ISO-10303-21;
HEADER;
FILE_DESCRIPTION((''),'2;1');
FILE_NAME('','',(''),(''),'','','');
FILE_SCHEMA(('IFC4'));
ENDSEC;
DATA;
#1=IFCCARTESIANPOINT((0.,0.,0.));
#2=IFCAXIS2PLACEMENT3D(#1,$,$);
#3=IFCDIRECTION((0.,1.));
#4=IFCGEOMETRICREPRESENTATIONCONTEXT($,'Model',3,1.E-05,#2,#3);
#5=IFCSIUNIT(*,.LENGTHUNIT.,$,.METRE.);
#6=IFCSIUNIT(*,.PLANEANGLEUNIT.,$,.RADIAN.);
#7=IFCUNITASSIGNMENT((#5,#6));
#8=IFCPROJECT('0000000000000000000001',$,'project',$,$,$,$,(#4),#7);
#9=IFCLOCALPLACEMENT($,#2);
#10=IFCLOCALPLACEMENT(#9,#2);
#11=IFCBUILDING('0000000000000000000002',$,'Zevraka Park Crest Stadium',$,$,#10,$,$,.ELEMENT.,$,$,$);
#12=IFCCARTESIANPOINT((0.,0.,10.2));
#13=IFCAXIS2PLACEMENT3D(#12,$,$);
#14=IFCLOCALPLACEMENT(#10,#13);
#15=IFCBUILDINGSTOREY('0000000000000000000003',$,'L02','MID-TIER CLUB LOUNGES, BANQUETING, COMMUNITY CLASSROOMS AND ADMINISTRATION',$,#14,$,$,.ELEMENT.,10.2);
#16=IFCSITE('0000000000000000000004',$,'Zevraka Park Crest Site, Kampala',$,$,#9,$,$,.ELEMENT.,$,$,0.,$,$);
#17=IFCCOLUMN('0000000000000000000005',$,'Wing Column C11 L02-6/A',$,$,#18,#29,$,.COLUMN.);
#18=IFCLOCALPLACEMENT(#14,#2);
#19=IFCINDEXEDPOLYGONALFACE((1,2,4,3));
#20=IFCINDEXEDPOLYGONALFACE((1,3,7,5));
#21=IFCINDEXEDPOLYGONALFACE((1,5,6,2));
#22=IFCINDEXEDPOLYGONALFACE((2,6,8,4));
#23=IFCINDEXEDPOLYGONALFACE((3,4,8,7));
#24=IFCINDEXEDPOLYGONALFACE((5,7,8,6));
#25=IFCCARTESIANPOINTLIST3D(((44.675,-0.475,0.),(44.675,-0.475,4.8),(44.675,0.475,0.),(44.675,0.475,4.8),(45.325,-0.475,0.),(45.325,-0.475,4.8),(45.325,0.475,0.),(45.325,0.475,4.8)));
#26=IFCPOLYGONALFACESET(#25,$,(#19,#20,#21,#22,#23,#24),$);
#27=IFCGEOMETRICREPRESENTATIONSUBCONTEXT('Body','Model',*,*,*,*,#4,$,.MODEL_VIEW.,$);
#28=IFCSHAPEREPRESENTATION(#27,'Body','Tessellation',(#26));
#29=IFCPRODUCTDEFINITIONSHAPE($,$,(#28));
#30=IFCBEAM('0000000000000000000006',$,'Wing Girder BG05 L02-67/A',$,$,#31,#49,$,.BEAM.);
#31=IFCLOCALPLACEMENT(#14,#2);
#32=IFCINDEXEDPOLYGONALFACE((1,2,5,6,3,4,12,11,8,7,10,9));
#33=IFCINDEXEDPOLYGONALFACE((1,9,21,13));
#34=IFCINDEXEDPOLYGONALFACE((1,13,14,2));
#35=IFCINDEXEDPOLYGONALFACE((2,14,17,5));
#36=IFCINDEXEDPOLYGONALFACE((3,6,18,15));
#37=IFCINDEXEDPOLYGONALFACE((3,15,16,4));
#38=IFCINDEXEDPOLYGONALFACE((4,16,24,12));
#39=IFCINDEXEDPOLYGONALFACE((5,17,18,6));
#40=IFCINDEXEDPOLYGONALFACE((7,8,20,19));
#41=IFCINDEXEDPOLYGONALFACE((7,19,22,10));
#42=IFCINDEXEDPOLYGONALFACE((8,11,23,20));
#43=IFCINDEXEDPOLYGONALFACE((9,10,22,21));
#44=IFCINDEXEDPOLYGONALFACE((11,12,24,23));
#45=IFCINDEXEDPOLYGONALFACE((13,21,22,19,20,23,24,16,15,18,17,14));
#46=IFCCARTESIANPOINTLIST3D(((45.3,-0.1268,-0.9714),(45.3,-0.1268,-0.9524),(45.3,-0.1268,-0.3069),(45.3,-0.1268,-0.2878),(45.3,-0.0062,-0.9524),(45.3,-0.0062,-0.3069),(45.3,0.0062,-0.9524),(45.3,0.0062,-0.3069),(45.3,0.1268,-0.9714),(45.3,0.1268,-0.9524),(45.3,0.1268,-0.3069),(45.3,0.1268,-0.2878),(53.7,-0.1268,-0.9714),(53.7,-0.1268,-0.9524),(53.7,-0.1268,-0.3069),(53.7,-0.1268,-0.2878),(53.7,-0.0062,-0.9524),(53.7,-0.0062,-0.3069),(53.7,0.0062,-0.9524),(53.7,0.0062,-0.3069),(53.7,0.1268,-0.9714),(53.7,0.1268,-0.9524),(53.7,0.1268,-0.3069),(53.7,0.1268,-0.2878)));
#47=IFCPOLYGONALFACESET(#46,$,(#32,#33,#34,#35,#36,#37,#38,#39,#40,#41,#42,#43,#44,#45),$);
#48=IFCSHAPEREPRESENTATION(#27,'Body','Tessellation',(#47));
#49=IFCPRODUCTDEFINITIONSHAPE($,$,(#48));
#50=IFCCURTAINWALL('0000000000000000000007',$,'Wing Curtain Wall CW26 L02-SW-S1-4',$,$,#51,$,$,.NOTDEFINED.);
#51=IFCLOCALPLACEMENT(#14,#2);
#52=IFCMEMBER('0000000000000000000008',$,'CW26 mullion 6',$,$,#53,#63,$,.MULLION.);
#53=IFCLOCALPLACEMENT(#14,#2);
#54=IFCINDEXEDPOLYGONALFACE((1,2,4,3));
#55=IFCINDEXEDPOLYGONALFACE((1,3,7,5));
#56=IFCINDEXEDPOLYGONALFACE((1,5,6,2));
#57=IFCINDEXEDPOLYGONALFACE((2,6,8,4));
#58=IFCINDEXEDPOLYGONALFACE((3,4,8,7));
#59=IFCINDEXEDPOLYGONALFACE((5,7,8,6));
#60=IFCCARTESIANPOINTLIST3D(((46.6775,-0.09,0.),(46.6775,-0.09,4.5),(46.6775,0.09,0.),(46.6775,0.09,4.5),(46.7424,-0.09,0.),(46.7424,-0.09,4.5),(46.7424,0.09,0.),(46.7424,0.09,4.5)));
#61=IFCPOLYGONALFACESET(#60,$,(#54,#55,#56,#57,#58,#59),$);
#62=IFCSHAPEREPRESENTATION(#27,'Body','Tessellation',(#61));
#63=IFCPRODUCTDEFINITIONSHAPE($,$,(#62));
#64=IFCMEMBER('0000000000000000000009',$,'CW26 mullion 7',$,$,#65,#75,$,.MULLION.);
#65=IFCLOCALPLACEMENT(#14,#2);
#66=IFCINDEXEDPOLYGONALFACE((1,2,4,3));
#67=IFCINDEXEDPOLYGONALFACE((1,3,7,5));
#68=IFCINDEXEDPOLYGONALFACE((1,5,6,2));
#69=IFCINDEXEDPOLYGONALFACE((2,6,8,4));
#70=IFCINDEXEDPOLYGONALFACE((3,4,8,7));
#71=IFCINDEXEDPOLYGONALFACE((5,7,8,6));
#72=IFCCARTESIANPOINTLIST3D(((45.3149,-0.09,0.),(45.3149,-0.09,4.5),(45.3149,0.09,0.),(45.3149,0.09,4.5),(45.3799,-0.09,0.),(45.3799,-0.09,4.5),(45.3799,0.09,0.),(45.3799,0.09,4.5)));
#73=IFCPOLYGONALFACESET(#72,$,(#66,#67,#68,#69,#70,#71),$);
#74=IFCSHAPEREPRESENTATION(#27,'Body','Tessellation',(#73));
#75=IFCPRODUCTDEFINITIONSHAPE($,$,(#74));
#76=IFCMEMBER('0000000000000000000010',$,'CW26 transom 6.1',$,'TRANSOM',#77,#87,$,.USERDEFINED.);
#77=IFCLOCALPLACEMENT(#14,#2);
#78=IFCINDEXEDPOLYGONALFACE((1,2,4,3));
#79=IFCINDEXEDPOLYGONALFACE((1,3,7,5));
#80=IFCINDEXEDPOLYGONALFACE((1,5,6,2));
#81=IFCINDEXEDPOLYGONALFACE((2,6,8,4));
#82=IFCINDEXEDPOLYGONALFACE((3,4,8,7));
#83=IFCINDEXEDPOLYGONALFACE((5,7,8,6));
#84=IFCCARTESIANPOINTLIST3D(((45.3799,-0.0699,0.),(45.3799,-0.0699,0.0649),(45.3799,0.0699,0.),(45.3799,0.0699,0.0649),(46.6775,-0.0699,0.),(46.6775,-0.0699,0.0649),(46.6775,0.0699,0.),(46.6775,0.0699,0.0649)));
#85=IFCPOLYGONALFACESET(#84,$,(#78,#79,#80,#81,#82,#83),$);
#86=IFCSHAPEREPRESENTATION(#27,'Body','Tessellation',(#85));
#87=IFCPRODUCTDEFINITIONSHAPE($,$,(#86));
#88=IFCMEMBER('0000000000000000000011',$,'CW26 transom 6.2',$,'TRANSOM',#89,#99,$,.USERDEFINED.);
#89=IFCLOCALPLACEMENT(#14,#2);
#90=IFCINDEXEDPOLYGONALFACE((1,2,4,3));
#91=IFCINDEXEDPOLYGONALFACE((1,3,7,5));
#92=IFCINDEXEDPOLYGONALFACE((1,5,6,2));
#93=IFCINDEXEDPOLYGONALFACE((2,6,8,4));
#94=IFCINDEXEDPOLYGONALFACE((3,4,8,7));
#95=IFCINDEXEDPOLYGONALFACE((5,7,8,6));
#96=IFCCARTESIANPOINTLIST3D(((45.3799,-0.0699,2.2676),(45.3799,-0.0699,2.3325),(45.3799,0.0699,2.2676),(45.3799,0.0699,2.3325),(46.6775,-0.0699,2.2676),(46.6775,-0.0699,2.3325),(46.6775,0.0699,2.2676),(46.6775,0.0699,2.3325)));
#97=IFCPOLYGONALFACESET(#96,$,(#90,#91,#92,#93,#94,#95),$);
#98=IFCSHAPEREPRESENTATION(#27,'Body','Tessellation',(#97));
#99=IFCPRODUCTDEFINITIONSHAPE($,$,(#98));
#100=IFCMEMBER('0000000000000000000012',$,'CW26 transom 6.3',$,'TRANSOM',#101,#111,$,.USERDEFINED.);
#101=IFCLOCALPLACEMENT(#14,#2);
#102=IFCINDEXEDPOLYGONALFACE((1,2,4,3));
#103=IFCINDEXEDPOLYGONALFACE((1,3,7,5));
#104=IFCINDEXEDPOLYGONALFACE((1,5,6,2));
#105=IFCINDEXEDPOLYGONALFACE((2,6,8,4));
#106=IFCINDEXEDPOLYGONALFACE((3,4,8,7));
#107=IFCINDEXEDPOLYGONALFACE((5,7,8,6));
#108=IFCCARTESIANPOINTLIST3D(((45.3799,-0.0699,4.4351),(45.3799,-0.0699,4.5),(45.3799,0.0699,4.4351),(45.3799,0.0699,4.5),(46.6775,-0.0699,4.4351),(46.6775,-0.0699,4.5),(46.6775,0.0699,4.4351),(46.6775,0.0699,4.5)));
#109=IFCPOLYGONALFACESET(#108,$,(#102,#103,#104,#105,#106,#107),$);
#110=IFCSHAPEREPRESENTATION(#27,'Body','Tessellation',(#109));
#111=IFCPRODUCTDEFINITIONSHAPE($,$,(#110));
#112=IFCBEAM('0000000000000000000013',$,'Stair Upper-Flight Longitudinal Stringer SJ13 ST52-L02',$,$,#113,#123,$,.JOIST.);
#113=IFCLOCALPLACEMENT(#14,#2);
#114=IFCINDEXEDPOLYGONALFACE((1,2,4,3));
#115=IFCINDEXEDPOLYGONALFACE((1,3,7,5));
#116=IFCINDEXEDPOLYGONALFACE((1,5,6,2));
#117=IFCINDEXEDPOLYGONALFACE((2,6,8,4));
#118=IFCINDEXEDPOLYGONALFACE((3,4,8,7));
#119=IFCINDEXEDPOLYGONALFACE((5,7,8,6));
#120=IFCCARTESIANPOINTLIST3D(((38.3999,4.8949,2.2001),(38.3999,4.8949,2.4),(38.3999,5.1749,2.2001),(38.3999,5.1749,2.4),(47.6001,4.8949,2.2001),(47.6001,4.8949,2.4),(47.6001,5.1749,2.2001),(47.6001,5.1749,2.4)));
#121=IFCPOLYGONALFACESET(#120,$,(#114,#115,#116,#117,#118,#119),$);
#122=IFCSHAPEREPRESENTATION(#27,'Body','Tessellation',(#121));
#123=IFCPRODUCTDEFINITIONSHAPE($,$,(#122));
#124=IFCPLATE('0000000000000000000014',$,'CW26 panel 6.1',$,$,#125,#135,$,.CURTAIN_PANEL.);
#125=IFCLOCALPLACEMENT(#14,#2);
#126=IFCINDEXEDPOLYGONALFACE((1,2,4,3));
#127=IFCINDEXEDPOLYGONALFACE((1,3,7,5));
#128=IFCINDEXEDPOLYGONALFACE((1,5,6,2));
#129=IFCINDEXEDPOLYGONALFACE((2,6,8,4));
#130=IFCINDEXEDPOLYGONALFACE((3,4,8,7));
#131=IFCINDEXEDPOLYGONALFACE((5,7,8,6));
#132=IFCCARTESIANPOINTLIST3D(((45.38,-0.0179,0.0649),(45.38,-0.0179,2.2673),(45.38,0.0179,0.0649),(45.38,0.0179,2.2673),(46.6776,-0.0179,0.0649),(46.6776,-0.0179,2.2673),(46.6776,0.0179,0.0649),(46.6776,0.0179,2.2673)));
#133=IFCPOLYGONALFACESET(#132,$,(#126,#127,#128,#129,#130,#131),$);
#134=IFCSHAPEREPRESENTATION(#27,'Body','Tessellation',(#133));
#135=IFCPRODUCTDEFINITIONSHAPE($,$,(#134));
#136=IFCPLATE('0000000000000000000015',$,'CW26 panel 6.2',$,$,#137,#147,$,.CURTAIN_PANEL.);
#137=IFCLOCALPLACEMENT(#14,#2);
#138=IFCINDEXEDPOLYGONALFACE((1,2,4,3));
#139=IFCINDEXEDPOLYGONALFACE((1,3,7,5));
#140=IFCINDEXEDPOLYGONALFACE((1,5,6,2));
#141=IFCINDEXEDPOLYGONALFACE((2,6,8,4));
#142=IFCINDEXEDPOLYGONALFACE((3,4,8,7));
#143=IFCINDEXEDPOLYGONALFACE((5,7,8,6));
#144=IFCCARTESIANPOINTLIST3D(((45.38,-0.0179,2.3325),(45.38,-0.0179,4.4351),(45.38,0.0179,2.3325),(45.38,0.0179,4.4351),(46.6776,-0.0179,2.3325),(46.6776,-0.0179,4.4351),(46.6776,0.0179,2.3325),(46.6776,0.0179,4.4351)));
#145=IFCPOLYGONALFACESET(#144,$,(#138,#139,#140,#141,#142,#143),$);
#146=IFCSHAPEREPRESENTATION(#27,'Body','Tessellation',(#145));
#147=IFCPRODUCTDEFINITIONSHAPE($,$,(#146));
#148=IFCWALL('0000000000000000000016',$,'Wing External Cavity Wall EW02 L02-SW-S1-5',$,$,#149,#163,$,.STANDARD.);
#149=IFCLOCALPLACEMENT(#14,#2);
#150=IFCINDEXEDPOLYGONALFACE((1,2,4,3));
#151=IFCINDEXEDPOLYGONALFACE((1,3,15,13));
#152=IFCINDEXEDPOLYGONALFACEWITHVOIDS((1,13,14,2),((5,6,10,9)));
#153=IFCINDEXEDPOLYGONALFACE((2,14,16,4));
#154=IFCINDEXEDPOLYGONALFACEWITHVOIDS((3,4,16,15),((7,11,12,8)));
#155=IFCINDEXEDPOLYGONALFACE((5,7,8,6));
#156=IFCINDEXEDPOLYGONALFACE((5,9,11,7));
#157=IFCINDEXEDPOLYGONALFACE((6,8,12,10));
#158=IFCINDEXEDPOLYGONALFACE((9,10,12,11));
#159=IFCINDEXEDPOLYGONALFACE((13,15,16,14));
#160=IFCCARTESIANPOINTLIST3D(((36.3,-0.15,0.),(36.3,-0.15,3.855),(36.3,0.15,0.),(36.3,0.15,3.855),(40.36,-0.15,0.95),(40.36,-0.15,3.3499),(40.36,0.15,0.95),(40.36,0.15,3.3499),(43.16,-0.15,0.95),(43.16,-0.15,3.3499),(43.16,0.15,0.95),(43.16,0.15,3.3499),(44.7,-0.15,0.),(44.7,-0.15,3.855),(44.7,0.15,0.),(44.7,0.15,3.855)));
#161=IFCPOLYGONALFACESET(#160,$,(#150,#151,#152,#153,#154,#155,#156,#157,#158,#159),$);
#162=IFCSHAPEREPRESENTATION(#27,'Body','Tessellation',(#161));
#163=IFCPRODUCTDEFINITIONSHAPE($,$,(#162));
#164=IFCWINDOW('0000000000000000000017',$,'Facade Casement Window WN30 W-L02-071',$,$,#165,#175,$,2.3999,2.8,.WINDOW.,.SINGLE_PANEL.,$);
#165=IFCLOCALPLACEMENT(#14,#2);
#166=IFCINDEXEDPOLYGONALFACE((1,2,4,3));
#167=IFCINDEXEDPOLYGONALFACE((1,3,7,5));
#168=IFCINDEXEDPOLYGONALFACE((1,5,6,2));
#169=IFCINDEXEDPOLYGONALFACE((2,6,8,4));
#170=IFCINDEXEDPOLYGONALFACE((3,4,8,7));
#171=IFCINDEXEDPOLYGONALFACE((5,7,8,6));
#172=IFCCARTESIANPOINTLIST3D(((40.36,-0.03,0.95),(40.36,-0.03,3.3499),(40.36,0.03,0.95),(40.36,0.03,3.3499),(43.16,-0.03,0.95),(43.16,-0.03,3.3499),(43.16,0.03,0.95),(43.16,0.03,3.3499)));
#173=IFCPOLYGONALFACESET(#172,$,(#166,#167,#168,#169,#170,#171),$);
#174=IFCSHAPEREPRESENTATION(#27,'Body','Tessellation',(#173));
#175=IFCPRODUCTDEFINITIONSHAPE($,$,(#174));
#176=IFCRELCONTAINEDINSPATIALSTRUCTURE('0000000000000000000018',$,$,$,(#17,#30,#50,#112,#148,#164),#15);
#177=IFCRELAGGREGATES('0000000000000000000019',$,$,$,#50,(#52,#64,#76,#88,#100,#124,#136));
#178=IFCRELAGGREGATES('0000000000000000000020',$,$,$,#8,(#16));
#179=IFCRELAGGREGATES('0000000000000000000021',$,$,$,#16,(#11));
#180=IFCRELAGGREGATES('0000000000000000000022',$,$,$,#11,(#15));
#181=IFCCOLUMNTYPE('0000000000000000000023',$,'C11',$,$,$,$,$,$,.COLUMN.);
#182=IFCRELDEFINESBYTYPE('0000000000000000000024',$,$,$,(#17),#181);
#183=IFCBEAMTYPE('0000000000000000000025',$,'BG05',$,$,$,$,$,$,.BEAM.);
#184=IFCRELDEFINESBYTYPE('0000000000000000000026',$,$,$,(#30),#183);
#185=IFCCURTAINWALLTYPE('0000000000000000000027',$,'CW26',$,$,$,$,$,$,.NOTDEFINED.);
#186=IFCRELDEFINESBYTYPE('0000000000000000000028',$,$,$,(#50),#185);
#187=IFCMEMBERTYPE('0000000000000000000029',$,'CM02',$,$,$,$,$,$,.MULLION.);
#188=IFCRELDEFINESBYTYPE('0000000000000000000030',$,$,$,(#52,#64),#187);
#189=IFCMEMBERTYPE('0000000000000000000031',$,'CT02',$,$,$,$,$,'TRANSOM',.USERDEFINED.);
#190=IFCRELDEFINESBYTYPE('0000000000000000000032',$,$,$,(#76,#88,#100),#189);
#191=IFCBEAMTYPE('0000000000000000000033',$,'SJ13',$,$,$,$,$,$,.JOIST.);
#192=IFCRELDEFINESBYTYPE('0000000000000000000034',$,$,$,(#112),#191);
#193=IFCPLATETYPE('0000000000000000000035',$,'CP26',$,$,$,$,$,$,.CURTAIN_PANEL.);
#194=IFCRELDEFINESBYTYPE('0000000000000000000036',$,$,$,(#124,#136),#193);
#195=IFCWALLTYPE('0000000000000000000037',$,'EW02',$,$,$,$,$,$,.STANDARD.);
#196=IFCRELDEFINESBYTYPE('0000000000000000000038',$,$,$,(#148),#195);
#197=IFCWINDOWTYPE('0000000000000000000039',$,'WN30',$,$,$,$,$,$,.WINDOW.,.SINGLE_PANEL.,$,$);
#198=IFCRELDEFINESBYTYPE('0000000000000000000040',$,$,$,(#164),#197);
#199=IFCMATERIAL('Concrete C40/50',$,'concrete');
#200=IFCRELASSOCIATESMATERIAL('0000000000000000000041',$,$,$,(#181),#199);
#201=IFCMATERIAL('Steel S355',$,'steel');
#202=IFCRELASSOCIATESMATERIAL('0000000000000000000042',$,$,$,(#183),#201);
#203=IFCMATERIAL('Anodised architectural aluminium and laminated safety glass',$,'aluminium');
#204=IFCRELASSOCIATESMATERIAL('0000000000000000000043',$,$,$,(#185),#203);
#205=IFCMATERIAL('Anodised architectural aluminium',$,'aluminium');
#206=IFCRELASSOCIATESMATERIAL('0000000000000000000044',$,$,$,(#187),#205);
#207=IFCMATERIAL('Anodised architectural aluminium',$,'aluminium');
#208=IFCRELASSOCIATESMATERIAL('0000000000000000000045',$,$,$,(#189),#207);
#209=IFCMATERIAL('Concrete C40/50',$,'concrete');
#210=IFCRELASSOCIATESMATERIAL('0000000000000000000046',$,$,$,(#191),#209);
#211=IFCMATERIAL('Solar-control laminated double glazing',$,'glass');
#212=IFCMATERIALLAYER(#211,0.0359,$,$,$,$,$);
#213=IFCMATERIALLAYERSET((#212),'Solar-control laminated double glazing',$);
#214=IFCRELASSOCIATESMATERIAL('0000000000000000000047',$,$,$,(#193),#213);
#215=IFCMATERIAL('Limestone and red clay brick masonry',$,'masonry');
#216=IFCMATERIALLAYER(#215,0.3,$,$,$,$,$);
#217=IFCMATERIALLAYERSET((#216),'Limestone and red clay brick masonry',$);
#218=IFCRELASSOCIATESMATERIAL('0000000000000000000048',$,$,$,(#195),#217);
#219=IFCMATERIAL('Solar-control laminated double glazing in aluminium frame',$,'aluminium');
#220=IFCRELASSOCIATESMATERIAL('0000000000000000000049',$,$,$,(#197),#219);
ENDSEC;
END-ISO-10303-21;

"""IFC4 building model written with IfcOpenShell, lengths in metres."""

from ifc_helpers import new_model, si_unit, direction, frame, frame_2d, origin, origin_2d, place, context, subcontext, project, spatial, rectangle, i_section, extrude, material, layer, layer_set, material_profile, profile_set, type_object, element, fill, aggregate, save


model = new_model("IFC4")

# Units and contexts
model_context = context("Model", 3, precision=1e-05, world=origin(), true_north=direction((0.0, 1.0)))
body_context = subcontext(model_context, "Body", "Model", "MODEL_VIEW")
ifc_project = project(units=[si_unit("LENGTHUNIT", "METRE"), si_unit("PLANEANGLEUNIT", "RADIAN")], contexts=[model_context])

# Site, building, storey
site_placement = place(None, origin())
site = spatial("IfcSite", under=ifc_project, at=site_placement, Name="Zevraka Park Crest Site, Kampala", CompositionType="ELEMENT", RefElevation=0.0)
building_placement = place(site_placement, origin())
building = spatial("IfcBuilding", under=site, at=building_placement, Name="Zevraka Park Crest Stadium", CompositionType="ELEMENT")
storey_placement = place(building_placement, frame((0.0, 0.0, 10.2)))
storey = spatial("IfcBuildingStorey", under=building, at=storey_placement, Name="L02", Description="MID-TIER CLUB LOUNGES, BANQUETING, COMMUNITY CLASSROOMS AND ADMINISTRATION", CompositionType="ELEMENT", Elevation=10.2)

# Column
ifc_material_1 = material(Name="Concrete C40/50", Category="concrete")
ifc_material_profile_1 = material_profile(ifc_material_1, rectangle(XDim=0.6499, YDim=0.95, at=origin_2d()), Name="RC 950x650")
ifc_profile_set_1 = profile_set([ifc_material_profile_1], Name="Concrete C40/50")
column_type = type_object("IfcColumnType", Name="C11", PredefinedType="COLUMN", material=ifc_profile_set_1)
column_placement = place(storey_placement, frame((45.0, 0.0, 0.0), z_axis=(0.0, 0.0, 1.0), x_axis=(1.0, 0.0, 0.0)))
element("IfcColumn", 1, at=column_placement, inside=storey, type_object=column_type, Name="Wing Column C11 L02-6/A", PredefinedType="COLUMN", context=body_context, shape_type="SweptSolid", body=[
    extrude(rectangle(XDim=0.6499, YDim=0.95, at=origin_2d()), origin(), (0.0, 0.0, 1.0), 4.8),
])

# Beam
ifc_material_2 = material(Name="Steel S355", Category="steel")
ifc_material_profile_2 = material_profile(ifc_material_2, i_section(OverallWidth=0.2537, OverallDepth=0.6836, WebThickness=0.0125, FlangeThickness=0.019, at=origin_2d()), Name="UKB 686x254x140")
ifc_profile_set_2 = profile_set([ifc_material_profile_2], Name="Steel S355")
beam_type_1 = type_object("IfcBeamType", Name="BG05", PredefinedType="BEAM", material=ifc_profile_set_2)
beam_1_placement = place(storey_placement, frame((45.3, 0.0, -0.6296), z_axis=(1.0, 0.0, 0.0), x_axis=(0.0, 1.0, 0.0)))
element("IfcBeam", 2, at=beam_1_placement, inside=storey, type_object=beam_type_1, Name="Wing Girder BG05 L02-67/A", PredefinedType="BEAM", context=body_context, shape_type="SweptSolid", body=[
    extrude(i_section(OverallWidth=0.2537, OverallDepth=0.6836, WebThickness=0.0125, FlangeThickness=0.019, at=origin_2d()), origin(), (0.0, 0.0, 1.0), 8.3999),
])

# Curtain wall, members
ifc_material_3 = material(Name="Anodised architectural aluminium and laminated safety glass", Category="aluminium")
curtain_wall_type = type_object("IfcCurtainWallType", Name="CW26", PredefinedType="NOTDEFINED", material=ifc_material_3)
curtain_wall_placement = place(storey_placement, origin())
curtain_wall = element("IfcCurtainWall", 3, at=curtain_wall_placement, inside=storey, type_object=curtain_wall_type, Name="Wing Curtain Wall CW26 L02-SW-S1-4", PredefinedType="NOTDEFINED")
ifc_material_4 = material(Name="Anodised architectural aluminium", Category="aluminium")
ifc_material_profile_3 = material_profile(ifc_material_4, rectangle(XDim=0.1799, YDim=0.0649, at=origin_2d()), Name="ALU MULLION 180x65")
ifc_profile_set_3 = profile_set([ifc_material_profile_3], Name="Anodised architectural aluminium")
member_type_1 = type_object("IfcMemberType", Name="CM02", PredefinedType="MULLION", material=ifc_profile_set_3)
member_1_placement = place(storey_placement, frame((46.71, 0.0, 0.0), z_axis=(0.0, 0.0, 1.0), x_axis=(0.0, -1.0, 0.0)))
member_1 = element("IfcMember", 4, at=member_1_placement, type_object=member_type_1, Name="CW26 mullion 6", PredefinedType="MULLION", context=body_context, shape_type="SweptSolid", body=[
    extrude(rectangle(XDim=0.1799, YDim=0.0649, at=origin_2d()), origin(), (0.0, 0.0, 1.0), 4.5),
])
member_2_placement = place(storey_placement, frame((45.3474, 0.0, 0.0), z_axis=(0.0, 0.0, 1.0), x_axis=(0.0, -1.0, 0.0)))
member_2 = element("IfcMember", 5, at=member_2_placement, type_object=member_type_1, Name="CW26 mullion 7", PredefinedType="MULLION", context=body_context, shape_type="SweptSolid", body=[
    extrude(rectangle(XDim=0.1799, YDim=0.0649, at=origin_2d()), origin(), (0.0, 0.0, 1.0), 4.5),
])
ifc_material_5 = material(Name="Anodised architectural aluminium", Category="aluminium")
ifc_material_profile_4 = material_profile(ifc_material_5, rectangle(XDim=0.1399, YDim=0.0649, at=origin_2d()), Name="ALU TRANSOM 140x65")
ifc_profile_set_4 = profile_set([ifc_material_profile_4], Name="Anodised architectural aluminium")
member_type_2 = type_object("IfcMemberType", Name="CT02", ElementType="TRANSOM", PredefinedType="USERDEFINED", material=ifc_profile_set_4)
member_3_placement = place(storey_placement, frame((46.6775, 0.0, 0.0325), z_axis=(-1.0, 0.0, 0.0), x_axis=(0.0, -1.0, 0.0)))
member_3 = element("IfcMember", 6, at=member_3_placement, type_object=member_type_2, Name="CW26 transom 6.1", ObjectType="TRANSOM", PredefinedType="USERDEFINED", context=body_context, shape_type="SweptSolid", body=[
    extrude(rectangle(XDim=0.1399, YDim=0.0649, at=origin_2d()), origin(), (0.0, 0.0, 1.0), 1.2976),
])
member_4_placement = place(storey_placement, frame((46.6775, 0.0, 2.3), z_axis=(-1.0, 0.0, 0.0), x_axis=(0.0, -1.0, 0.0)))
member_4 = element("IfcMember", 7, at=member_4_placement, type_object=member_type_2, Name="CW26 transom 6.2", ObjectType="TRANSOM", PredefinedType="USERDEFINED", context=body_context, shape_type="SweptSolid", body=[
    extrude(rectangle(XDim=0.1399, YDim=0.0649, at=origin_2d()), origin(), (0.0, 0.0, 1.0), 1.2976),
])
member_5_placement = place(storey_placement, frame((46.6775, 0.0, 4.4675), z_axis=(-1.0, 0.0, 0.0), x_axis=(0.0, -1.0, 0.0)))
member_5 = element("IfcMember", 8, at=member_5_placement, type_object=member_type_2, Name="CW26 transom 6.3", ObjectType="TRANSOM", PredefinedType="USERDEFINED", context=body_context, shape_type="SweptSolid", body=[
    extrude(rectangle(XDim=0.1399, YDim=0.0649, at=origin_2d()), origin(), (0.0, 0.0, 1.0), 1.2976),
])

# Beam
ifc_material_6 = material(Name="Concrete C40/50", Category="concrete")
ifc_material_profile_5 = material_profile(ifc_material_6, rectangle(XDim=0.28, YDim=0.2, at=origin_2d()), Name="RC 200x280")
ifc_profile_set_5 = profile_set([ifc_material_profile_5], Name="Concrete C40/50")
beam_type_2 = type_object("IfcBeamType", Name="SJ13", PredefinedType="JOIST", material=ifc_profile_set_5)
beam_2_placement = place(storey_placement, frame((38.3999, 5.0349, 2.3), z_axis=(1.0, 0.0, 0.0), x_axis=(0.0, 1.0, 0.0)))
element("IfcBeam", 9, at=beam_2_placement, inside=storey, type_object=beam_type_2, Name="Stair Upper-Flight Longitudinal Stringer SJ13 ST52-L02", PredefinedType="JOIST", context=body_context, shape_type="SweptSolid", body=[
    extrude(rectangle(XDim=0.28, YDim=0.2, at=origin_2d()), origin(), (0.0, 0.0, 1.0), 9.2002),
])

# Plates
ifc_material_7 = material(Name="Solar-control laminated double glazing", Category="glass")
ifc_layer_1 = layer(ifc_material_7, 0.0359)
ifc_layer_set_1 = layer_set([ifc_layer_1], Name="Solar-control laminated double glazing")
plate_type = type_object("IfcPlateType", Name="CP26", PredefinedType="CURTAIN_PANEL", material=ifc_layer_set_1)
plate_1_placement = place(storey_placement, frame((46.0288, 0.0, 0.0649), z_axis=(0.0, 0.0, 1.0), x_axis=(-1.0, 0.0, 0.0)))
plate_1 = element("IfcPlate", 10, at=plate_1_placement, type_object=plate_type, Name="CW26 panel 6.1", PredefinedType="CURTAIN_PANEL", context=body_context, shape_type="SweptSolid", body=[
    extrude(rectangle(XDim=1.2976, YDim=0.0359, at=origin_2d()), origin(), (0.0, 0.0, 1.0), 2.2024),
])
plate_2_placement = place(storey_placement, frame((46.0288, 0.0, 2.3325), z_axis=(0.0, 0.0, 1.0), x_axis=(-1.0, 0.0, 0.0)))
plate_2 = element("IfcPlate", 11, at=plate_2_placement, type_object=plate_type, Name="CW26 panel 6.2", PredefinedType="CURTAIN_PANEL", context=body_context, shape_type="SweptSolid", body=[
    extrude(rectangle(XDim=1.2976, YDim=0.0359, at=origin_2d()), origin(), (0.0, 0.0, 1.0), 2.1025),
])
aggregate(curtain_wall, [member_1, member_2, member_3, member_4, member_5, plate_1, plate_2])

# Wall, opening, window
ifc_material_8 = material(Name="Limestone and red clay brick masonry", Category="masonry")
ifc_layer_2 = layer(ifc_material_8, 0.3)
ifc_layer_set_2 = layer_set([ifc_layer_2], Name="Limestone and red clay brick masonry")
wall_type_1 = type_object("IfcWallType", Name="EW02", PredefinedType="STANDARD", material=ifc_layer_set_2)
wall_1_placement = place(storey_placement, frame((44.7, 0.0, 0.0), z_axis=(0.0, 0.0, 1.0), x_axis=(-1.0, 0.0, 0.0)))
wall_1 = element("IfcWall", 12, at=wall_1_placement, inside=storey, type_object=wall_type_1, Name="Wing External Cavity Wall EW02 L02-SW-S1-5", PredefinedType="STANDARD", context=body_context, shape_type="SweptSolid", body=[
    extrude(rectangle(XDim=8.3999, YDim=0.3, at=frame_2d((4.2, 0.0))), origin(), (0.0, 0.0, 1.0), 3.855),
])
opening_1_placement = place(wall_1_placement, frame((1.54, 0.0, 0.95)))
opening_1 = element("IfcOpeningElement", 13, at=opening_1_placement, cuts=wall_1, PredefinedType="OPENING", context=body_context, shape_type="SweptSolid", body=[
    extrude(rectangle(XDim=2.8, YDim=2.3999, at=frame_2d((1.3999, 1.2))), frame((0.0, 0.1599, 0.0), z_axis=(0.0, -1.0, 0.0), x_axis=(1.0, 0.0, 0.0)), (0.0, 0.0, 1.0), 0.3201),
])
ifc_material_9 = material(Name="Solar-control laminated double glazing in aluminium frame", Category="aluminium")
window_type = type_object("IfcWindowType", Name="WN30", PartitioningType="SINGLE_PANEL", PredefinedType="WINDOW", material=ifc_material_9)
window_placement = place(opening_1_placement, origin())
window = element("IfcWindow", 14, at=window_placement, inside=storey, type_object=window_type, Name="Facade Casement Window WN30 W-L02-071", OverallHeight=2.3999, OverallWidth=2.8, PartitioningType="SINGLE_PANEL", PredefinedType="WINDOW", context=body_context, shape_type="SweptSolid", body=[
    extrude(rectangle(XDim=2.8, YDim=2.3999, at=frame_2d((1.3999, 1.2))), frame((0.0, 0.03, 0.0), z_axis=(0.0, -1.0, 0.0), x_axis=(1.0, 0.0, 0.0)), (0.0, 0.0, 1.0), 0.0601),
])
fill(opening_1, window)

save(model, "model.ifc")
